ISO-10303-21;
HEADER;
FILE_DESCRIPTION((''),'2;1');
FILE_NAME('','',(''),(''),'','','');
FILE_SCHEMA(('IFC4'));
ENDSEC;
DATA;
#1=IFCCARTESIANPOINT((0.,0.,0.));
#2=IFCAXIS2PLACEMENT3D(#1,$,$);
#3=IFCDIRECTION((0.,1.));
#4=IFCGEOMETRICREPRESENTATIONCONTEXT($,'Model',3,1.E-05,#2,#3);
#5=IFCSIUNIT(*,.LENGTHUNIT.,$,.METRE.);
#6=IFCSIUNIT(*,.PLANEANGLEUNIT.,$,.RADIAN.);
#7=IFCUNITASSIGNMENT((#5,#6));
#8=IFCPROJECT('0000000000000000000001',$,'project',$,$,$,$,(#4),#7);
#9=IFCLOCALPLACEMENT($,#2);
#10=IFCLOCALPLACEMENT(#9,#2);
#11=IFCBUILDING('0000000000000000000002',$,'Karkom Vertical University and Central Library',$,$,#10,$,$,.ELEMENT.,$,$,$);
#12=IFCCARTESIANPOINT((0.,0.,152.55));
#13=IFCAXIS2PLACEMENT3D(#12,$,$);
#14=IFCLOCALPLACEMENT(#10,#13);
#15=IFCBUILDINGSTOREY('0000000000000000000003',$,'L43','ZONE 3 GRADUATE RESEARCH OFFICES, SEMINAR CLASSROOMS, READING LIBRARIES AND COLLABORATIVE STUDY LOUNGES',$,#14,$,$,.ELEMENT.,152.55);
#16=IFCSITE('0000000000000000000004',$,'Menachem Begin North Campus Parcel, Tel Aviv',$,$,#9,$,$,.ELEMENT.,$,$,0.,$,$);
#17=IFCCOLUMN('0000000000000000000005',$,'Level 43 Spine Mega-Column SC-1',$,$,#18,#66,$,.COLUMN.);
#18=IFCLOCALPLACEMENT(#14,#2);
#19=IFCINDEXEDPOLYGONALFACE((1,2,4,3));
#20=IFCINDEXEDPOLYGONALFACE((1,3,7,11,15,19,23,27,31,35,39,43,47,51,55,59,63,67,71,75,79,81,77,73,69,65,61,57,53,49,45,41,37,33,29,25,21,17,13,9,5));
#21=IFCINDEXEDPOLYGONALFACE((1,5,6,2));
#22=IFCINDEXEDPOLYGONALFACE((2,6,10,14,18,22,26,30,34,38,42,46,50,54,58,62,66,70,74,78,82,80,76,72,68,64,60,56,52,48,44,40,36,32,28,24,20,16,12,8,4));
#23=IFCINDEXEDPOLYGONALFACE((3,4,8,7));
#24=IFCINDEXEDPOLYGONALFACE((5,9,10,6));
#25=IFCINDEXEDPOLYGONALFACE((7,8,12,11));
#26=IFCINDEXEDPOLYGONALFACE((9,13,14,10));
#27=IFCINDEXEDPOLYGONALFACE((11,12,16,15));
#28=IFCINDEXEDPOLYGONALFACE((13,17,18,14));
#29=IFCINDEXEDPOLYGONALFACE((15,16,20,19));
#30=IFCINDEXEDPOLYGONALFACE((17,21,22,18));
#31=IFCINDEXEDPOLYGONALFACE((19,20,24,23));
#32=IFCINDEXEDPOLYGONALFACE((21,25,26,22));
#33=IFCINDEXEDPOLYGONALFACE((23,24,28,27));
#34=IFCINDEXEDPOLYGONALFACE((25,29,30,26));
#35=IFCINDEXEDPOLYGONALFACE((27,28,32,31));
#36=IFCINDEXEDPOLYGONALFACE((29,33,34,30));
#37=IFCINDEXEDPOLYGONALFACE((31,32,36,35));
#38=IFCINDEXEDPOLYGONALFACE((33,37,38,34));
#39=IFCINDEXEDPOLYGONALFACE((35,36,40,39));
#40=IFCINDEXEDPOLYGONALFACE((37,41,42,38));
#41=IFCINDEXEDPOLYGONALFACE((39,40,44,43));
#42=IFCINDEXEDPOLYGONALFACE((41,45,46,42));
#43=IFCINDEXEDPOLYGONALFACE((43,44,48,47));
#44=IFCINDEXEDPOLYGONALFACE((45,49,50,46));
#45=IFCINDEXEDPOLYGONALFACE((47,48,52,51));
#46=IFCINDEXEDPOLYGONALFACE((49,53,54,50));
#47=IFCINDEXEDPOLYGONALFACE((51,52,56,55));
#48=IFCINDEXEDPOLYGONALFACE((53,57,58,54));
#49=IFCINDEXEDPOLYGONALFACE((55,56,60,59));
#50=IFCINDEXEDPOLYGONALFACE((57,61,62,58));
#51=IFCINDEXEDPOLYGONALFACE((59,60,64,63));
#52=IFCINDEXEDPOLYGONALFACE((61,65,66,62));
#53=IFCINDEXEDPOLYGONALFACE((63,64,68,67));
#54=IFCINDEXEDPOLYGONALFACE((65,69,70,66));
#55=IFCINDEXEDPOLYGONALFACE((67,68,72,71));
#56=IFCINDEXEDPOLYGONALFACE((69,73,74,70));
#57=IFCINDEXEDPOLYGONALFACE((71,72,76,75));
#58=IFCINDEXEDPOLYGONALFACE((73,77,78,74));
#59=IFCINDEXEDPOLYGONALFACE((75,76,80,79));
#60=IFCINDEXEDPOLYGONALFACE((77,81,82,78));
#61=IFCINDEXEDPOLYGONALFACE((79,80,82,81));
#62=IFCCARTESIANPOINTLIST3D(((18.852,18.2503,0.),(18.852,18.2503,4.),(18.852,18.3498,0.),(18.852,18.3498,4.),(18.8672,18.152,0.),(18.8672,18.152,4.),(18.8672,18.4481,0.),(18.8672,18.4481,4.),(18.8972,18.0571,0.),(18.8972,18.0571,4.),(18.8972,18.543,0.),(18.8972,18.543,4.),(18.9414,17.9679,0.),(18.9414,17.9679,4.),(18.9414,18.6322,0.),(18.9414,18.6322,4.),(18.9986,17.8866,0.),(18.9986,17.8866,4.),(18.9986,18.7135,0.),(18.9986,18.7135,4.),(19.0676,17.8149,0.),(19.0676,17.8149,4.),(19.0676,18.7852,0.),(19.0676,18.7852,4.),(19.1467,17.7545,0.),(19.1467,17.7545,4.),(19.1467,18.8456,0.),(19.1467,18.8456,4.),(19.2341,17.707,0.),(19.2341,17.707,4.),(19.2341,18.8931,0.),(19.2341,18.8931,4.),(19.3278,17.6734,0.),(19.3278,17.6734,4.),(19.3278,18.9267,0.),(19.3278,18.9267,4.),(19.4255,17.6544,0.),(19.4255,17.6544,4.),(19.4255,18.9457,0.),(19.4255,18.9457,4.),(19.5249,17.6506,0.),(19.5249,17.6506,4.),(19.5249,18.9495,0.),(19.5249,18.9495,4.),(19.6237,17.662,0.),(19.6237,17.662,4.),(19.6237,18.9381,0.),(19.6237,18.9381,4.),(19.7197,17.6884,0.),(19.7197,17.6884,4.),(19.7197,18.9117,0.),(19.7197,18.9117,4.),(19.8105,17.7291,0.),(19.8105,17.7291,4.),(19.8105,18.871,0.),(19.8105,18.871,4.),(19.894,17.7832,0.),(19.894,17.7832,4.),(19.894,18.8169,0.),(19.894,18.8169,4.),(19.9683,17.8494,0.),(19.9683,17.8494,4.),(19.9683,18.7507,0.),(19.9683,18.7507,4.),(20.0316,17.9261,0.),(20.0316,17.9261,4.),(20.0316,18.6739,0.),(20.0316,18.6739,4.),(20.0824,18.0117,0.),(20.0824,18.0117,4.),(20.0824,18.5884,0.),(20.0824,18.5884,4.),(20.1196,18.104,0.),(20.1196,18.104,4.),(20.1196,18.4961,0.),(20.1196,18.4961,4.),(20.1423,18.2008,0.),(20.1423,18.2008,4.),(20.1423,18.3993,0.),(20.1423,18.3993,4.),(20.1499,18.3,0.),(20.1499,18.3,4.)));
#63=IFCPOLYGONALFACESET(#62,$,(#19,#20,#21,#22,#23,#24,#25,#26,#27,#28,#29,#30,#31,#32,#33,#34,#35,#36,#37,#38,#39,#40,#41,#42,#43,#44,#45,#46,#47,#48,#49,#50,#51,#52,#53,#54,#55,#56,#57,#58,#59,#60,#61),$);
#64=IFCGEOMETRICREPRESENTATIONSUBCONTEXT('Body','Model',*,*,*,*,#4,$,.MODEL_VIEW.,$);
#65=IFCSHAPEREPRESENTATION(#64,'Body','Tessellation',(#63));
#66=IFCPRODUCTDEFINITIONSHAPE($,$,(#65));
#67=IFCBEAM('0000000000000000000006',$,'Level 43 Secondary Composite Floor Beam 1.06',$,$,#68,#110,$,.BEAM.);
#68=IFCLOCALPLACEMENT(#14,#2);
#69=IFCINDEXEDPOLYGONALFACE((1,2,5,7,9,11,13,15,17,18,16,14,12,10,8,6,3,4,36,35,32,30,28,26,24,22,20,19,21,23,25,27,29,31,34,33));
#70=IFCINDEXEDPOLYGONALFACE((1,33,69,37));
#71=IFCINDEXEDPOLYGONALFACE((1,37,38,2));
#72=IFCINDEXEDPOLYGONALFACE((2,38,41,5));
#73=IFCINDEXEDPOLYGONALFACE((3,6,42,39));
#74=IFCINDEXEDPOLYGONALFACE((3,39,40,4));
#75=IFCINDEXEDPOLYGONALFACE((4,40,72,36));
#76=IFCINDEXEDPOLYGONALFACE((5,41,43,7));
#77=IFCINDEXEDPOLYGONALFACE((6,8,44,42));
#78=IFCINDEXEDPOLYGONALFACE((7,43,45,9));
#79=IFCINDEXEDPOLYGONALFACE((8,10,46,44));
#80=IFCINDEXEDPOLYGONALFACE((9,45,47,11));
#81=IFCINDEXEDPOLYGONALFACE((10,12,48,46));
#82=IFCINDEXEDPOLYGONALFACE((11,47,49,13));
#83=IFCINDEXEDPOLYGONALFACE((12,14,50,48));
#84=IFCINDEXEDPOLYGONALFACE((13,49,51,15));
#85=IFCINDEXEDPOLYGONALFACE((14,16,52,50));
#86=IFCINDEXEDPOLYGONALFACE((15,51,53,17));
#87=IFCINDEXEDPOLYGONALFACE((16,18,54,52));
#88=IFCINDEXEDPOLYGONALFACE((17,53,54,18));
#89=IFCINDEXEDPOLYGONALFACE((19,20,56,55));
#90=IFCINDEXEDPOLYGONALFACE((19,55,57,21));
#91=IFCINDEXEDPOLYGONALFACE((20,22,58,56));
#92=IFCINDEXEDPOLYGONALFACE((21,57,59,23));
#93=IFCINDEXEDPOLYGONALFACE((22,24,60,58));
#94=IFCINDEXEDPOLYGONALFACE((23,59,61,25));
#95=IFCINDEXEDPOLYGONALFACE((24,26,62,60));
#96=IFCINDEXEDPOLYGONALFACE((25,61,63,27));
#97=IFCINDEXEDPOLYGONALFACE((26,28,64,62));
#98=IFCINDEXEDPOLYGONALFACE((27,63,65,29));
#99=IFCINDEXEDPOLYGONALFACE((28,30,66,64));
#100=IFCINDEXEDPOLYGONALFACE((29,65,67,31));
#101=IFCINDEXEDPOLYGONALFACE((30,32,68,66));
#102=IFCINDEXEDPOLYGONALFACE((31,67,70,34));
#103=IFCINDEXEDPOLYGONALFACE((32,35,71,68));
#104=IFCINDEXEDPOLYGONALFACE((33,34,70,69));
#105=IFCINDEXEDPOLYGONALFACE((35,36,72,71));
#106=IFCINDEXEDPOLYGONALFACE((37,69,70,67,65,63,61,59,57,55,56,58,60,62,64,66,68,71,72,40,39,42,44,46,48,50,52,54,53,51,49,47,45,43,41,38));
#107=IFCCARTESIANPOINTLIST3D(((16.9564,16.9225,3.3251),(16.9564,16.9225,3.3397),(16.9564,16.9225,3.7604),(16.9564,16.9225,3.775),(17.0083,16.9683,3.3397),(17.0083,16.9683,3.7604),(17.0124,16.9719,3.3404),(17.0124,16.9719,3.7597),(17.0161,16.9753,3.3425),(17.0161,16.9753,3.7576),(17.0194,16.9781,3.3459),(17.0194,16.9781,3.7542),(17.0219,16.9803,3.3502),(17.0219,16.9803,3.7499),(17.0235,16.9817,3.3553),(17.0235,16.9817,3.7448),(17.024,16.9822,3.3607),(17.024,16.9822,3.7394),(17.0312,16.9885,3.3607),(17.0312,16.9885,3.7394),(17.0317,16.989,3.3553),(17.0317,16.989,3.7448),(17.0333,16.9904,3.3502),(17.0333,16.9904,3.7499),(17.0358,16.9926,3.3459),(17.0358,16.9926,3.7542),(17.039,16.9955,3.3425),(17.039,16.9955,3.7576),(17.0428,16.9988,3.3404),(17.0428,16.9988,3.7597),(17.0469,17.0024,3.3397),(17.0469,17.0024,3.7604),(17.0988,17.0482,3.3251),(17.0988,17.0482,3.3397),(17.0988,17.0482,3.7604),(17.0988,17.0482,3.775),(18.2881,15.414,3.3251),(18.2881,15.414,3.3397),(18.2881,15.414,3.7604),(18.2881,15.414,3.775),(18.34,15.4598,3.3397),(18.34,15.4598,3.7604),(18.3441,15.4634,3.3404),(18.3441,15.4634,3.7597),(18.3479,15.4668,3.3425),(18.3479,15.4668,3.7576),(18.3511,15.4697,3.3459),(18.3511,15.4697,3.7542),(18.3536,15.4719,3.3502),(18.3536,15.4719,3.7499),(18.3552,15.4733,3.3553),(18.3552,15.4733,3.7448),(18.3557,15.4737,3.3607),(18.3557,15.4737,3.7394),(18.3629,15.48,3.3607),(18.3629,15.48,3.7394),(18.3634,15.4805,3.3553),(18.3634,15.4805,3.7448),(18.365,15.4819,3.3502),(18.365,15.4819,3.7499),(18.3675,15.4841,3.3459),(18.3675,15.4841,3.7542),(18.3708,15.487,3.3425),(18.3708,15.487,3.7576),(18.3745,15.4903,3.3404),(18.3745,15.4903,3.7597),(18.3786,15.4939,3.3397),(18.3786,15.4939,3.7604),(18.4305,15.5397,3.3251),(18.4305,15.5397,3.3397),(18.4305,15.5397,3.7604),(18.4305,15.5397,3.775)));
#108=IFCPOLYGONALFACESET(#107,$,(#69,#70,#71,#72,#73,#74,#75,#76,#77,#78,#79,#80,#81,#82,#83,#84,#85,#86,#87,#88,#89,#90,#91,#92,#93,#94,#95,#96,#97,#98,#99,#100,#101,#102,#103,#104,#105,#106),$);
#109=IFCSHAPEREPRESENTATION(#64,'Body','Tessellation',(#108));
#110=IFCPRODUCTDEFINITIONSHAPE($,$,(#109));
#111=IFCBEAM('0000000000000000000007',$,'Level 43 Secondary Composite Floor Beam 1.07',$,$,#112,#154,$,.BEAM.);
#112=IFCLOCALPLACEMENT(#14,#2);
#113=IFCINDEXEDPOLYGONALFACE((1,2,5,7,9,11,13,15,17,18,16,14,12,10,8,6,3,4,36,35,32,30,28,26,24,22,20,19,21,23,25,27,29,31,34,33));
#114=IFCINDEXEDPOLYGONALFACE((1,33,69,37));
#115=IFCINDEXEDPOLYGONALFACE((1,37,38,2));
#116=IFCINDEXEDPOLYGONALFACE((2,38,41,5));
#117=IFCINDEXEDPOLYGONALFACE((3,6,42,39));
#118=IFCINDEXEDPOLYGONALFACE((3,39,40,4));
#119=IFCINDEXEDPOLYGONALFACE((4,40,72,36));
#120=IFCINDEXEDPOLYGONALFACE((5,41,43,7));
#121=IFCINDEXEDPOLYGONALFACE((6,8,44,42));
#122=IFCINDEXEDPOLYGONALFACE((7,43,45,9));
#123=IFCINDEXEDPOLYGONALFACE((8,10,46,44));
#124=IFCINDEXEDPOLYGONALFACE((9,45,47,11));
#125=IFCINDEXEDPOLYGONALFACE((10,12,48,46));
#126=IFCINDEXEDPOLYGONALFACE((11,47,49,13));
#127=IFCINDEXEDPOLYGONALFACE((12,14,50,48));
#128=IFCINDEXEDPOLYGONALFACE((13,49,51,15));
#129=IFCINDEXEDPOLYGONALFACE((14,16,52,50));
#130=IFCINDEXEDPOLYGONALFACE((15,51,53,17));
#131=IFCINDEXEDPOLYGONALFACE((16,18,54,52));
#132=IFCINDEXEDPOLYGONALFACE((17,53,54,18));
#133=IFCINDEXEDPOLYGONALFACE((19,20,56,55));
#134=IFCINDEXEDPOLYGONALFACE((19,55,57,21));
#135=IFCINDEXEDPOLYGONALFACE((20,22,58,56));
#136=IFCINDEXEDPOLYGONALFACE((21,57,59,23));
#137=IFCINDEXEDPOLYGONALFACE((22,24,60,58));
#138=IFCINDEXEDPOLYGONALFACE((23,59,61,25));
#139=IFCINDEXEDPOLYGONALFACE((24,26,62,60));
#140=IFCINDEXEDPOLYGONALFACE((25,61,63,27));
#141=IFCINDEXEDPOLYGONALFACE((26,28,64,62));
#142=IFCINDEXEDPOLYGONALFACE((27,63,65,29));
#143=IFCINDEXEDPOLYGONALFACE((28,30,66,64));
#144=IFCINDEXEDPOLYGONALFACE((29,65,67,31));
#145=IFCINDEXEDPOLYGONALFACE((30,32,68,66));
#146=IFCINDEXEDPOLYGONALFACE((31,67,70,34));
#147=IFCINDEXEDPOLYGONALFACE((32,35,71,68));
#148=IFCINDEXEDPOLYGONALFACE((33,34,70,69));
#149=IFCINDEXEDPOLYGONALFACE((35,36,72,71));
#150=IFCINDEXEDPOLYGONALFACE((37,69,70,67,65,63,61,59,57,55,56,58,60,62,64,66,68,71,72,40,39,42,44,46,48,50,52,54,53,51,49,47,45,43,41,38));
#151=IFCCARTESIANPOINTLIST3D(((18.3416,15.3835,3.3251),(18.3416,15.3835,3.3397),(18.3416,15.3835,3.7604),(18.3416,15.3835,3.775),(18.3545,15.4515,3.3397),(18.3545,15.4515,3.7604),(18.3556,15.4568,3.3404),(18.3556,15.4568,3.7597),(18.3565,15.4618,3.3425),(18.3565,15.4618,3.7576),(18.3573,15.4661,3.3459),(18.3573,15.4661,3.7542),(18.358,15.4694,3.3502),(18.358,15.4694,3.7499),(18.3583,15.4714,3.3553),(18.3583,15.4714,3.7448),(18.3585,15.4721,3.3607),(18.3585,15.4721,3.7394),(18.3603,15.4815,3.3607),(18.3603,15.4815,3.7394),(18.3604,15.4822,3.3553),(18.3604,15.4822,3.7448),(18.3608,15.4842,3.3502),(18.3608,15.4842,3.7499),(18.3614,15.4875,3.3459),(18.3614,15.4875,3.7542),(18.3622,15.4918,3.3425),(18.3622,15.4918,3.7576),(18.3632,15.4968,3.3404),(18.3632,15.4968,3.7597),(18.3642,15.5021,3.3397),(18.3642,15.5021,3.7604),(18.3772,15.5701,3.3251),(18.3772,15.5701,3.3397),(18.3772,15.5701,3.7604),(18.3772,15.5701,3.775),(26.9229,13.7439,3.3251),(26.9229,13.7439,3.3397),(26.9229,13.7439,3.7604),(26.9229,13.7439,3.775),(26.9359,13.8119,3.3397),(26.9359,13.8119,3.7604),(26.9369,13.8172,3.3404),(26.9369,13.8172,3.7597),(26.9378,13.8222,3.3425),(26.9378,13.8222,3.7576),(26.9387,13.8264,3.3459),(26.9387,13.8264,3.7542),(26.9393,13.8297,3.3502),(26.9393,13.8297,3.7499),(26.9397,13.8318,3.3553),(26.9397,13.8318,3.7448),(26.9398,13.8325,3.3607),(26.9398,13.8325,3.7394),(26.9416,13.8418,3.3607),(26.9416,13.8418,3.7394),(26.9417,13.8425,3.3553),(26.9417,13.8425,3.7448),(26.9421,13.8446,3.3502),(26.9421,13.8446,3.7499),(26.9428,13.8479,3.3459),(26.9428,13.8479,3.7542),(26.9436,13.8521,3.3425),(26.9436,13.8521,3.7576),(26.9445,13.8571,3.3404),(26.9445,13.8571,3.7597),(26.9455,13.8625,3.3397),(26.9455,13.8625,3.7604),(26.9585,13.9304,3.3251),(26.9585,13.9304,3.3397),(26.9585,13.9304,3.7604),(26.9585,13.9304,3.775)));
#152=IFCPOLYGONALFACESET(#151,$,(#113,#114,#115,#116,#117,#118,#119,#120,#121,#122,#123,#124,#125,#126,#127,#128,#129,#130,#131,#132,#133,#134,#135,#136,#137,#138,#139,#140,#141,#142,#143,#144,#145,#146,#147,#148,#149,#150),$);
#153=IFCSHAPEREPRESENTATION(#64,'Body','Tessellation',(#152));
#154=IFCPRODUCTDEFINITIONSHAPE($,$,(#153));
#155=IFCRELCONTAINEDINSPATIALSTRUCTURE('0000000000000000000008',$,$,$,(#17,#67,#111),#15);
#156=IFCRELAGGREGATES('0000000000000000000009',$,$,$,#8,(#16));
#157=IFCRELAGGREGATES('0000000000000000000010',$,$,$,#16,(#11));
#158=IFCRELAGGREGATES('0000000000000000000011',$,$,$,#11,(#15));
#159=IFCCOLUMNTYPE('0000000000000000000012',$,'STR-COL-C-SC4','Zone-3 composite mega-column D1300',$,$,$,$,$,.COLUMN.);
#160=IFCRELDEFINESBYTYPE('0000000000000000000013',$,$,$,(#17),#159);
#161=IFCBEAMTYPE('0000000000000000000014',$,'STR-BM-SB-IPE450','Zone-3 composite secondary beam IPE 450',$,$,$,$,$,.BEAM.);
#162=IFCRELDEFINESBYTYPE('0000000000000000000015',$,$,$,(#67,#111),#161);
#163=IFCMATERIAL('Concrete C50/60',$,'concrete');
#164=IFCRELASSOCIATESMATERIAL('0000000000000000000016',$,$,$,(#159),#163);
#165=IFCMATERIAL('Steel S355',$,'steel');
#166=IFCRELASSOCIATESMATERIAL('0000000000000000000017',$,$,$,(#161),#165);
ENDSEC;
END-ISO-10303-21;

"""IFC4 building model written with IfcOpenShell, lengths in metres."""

from ifc_helpers import new_model, si_unit, direction, frame, origin, origin_with_axes, origin_2d, place, context, subcontext, project, spatial, circle, i_section, extrude, source, transform, mapped, material, material_profile, profile_set, type_object, element, save


model = new_model("IFC4")

# Units and contexts
model_context = context("Model", 3, precision=1e-05, world=origin(), true_north=direction((0.0, 1.0)))
body_context = subcontext(model_context, "Body", "Model", "MODEL_VIEW")
ifc_project = project(units=[si_unit("LENGTHUNIT", "METRE"), si_unit("PLANEANGLEUNIT", "RADIAN")], contexts=[model_context])

# Site, building, storey
site_placement = place(None, origin())
site = spatial("IfcSite", under=ifc_project, at=site_placement, Name="Menachem Begin North Campus Parcel, Tel Aviv", CompositionType="ELEMENT", RefElevation=0.0)
building_placement = place(site_placement, origin())
building = spatial("IfcBuilding", under=site, at=building_placement, Name="Karkom Vertical University and Central Library", CompositionType="ELEMENT")
storey_placement = place(building_placement, frame((0.0, 0.0, 152.55)))
storey = spatial("IfcBuildingStorey", under=building, at=storey_placement, Name="L43", Description="ZONE 3 GRADUATE RESEARCH OFFICES, SEMINAR CLASSROOMS, READING LIBRARIES AND COLLABORATIVE STUDY LOUNGES", CompositionType="ELEMENT", Elevation=152.55)

# Column
ifc_material_1 = material(Name="Concrete C50/60", Category="concrete")
ifc_material_profile_1 = material_profile(ifc_material_1, circle(Radius=0.6499, at=origin_2d()), Name="CFT-D1300")
ifc_profile_set_1 = profile_set([ifc_material_profile_1], Name="Concrete C50/60")
column_type = type_object("IfcColumnType", Name="STR-COL-C-SC4", Description="Zone-3 composite mega-column D1300", PredefinedType="COLUMN", material=ifc_profile_set_1)
shared_shape_1 = source(origin_with_axes(), body_context, "Body", "SweptSolid", [
    extrude(circle(Radius=0.6499, at=origin_2d()), origin(), (0.0, 0.0, 1.0), 4.0),
])
column_placement = place(storey_placement, frame((19.5, 18.3, 0.0), z_axis=(0.0, 0.0, 1.0), x_axis=(1.0, 0.0, 0.0)))
element("IfcColumn", 1, at=column_placement, inside=storey, type_object=column_type, Name="Level 43 Spine Mega-Column SC-1", PredefinedType="COLUMN", context=body_context, shape_type="MappedRepresentation", body=[
    mapped(shared_shape_1, transform((0.0, 0.0, 0.0), scale=1.0)),
])

# Beams
ifc_material_2 = material(Name="Steel S355", Category="steel")
ifc_material_profile_2 = material_profile(ifc_material_2, i_section(OverallWidth=0.1899, OverallDepth=0.45, WebThickness=0.0095, FlangeThickness=0.0146, FilletRadius=0.021, at=origin_2d()), Name="IPE 450")
ifc_profile_set_2 = profile_set([ifc_material_profile_2], Name="Steel S355")
beam_type_1 = type_object("IfcBeamType", Name="STR-BM-SB-IPE450", Description="Zone-3 composite secondary beam IPE 450", PredefinedType="BEAM", material=ifc_profile_set_2)
shared_shape_2 = source(origin_with_axes(), body_context, "Body", "SweptSolid", [
    extrude(i_section(OverallWidth=0.1899, OverallDepth=0.45, WebThickness=0.0095, FlangeThickness=0.0146, FilletRadius=0.021, at=origin_2d()), origin(), (0.0, 0.0, 1.0), 2.0122),
])
beam_1_placement = place(storey_placement, frame((17.0276, 16.9854, 3.55), z_axis=(0.661822, -0.749661, 0.0), x_axis=(0.749661, 0.661822, 0.0)))
element("IfcBeam", 2, at=beam_1_placement, inside=storey, type_object=beam_type_1, Name="Level 43 Secondary Composite Floor Beam 1.06", PredefinedType="BEAM", context=body_context, shape_type="MappedRepresentation", body=[
    mapped(shared_shape_2, transform((0.0, 0.0, 0.0), scale=1.0)),
])
shared_shape_3 = source(origin_with_axes(), body_context, "Body", "SweptSolid", [
    extrude(i_section(OverallWidth=0.1899, OverallDepth=0.45, WebThickness=0.0095, FlangeThickness=0.0146, FilletRadius=0.021, at=origin_2d()), origin(), (0.0, 0.0, 1.0), 8.7366),
])
beam_2_placement = place(storey_placement, frame((18.3594, 15.4768, 3.55), z_axis=(0.982231, -0.187677, 0.0), x_axis=(0.187677, 0.982231, 0.0)))
element("IfcBeam", 3, at=beam_2_placement, inside=storey, type_object=beam_type_1, Name="Level 43 Secondary Composite Floor Beam 1.07", PredefinedType="BEAM", context=body_context, shape_type="MappedRepresentation", body=[
    mapped(shared_shape_3, transform((0.0, 0.0, 0.0), scale=1.0)),
])

save(model, "model.ifc")
